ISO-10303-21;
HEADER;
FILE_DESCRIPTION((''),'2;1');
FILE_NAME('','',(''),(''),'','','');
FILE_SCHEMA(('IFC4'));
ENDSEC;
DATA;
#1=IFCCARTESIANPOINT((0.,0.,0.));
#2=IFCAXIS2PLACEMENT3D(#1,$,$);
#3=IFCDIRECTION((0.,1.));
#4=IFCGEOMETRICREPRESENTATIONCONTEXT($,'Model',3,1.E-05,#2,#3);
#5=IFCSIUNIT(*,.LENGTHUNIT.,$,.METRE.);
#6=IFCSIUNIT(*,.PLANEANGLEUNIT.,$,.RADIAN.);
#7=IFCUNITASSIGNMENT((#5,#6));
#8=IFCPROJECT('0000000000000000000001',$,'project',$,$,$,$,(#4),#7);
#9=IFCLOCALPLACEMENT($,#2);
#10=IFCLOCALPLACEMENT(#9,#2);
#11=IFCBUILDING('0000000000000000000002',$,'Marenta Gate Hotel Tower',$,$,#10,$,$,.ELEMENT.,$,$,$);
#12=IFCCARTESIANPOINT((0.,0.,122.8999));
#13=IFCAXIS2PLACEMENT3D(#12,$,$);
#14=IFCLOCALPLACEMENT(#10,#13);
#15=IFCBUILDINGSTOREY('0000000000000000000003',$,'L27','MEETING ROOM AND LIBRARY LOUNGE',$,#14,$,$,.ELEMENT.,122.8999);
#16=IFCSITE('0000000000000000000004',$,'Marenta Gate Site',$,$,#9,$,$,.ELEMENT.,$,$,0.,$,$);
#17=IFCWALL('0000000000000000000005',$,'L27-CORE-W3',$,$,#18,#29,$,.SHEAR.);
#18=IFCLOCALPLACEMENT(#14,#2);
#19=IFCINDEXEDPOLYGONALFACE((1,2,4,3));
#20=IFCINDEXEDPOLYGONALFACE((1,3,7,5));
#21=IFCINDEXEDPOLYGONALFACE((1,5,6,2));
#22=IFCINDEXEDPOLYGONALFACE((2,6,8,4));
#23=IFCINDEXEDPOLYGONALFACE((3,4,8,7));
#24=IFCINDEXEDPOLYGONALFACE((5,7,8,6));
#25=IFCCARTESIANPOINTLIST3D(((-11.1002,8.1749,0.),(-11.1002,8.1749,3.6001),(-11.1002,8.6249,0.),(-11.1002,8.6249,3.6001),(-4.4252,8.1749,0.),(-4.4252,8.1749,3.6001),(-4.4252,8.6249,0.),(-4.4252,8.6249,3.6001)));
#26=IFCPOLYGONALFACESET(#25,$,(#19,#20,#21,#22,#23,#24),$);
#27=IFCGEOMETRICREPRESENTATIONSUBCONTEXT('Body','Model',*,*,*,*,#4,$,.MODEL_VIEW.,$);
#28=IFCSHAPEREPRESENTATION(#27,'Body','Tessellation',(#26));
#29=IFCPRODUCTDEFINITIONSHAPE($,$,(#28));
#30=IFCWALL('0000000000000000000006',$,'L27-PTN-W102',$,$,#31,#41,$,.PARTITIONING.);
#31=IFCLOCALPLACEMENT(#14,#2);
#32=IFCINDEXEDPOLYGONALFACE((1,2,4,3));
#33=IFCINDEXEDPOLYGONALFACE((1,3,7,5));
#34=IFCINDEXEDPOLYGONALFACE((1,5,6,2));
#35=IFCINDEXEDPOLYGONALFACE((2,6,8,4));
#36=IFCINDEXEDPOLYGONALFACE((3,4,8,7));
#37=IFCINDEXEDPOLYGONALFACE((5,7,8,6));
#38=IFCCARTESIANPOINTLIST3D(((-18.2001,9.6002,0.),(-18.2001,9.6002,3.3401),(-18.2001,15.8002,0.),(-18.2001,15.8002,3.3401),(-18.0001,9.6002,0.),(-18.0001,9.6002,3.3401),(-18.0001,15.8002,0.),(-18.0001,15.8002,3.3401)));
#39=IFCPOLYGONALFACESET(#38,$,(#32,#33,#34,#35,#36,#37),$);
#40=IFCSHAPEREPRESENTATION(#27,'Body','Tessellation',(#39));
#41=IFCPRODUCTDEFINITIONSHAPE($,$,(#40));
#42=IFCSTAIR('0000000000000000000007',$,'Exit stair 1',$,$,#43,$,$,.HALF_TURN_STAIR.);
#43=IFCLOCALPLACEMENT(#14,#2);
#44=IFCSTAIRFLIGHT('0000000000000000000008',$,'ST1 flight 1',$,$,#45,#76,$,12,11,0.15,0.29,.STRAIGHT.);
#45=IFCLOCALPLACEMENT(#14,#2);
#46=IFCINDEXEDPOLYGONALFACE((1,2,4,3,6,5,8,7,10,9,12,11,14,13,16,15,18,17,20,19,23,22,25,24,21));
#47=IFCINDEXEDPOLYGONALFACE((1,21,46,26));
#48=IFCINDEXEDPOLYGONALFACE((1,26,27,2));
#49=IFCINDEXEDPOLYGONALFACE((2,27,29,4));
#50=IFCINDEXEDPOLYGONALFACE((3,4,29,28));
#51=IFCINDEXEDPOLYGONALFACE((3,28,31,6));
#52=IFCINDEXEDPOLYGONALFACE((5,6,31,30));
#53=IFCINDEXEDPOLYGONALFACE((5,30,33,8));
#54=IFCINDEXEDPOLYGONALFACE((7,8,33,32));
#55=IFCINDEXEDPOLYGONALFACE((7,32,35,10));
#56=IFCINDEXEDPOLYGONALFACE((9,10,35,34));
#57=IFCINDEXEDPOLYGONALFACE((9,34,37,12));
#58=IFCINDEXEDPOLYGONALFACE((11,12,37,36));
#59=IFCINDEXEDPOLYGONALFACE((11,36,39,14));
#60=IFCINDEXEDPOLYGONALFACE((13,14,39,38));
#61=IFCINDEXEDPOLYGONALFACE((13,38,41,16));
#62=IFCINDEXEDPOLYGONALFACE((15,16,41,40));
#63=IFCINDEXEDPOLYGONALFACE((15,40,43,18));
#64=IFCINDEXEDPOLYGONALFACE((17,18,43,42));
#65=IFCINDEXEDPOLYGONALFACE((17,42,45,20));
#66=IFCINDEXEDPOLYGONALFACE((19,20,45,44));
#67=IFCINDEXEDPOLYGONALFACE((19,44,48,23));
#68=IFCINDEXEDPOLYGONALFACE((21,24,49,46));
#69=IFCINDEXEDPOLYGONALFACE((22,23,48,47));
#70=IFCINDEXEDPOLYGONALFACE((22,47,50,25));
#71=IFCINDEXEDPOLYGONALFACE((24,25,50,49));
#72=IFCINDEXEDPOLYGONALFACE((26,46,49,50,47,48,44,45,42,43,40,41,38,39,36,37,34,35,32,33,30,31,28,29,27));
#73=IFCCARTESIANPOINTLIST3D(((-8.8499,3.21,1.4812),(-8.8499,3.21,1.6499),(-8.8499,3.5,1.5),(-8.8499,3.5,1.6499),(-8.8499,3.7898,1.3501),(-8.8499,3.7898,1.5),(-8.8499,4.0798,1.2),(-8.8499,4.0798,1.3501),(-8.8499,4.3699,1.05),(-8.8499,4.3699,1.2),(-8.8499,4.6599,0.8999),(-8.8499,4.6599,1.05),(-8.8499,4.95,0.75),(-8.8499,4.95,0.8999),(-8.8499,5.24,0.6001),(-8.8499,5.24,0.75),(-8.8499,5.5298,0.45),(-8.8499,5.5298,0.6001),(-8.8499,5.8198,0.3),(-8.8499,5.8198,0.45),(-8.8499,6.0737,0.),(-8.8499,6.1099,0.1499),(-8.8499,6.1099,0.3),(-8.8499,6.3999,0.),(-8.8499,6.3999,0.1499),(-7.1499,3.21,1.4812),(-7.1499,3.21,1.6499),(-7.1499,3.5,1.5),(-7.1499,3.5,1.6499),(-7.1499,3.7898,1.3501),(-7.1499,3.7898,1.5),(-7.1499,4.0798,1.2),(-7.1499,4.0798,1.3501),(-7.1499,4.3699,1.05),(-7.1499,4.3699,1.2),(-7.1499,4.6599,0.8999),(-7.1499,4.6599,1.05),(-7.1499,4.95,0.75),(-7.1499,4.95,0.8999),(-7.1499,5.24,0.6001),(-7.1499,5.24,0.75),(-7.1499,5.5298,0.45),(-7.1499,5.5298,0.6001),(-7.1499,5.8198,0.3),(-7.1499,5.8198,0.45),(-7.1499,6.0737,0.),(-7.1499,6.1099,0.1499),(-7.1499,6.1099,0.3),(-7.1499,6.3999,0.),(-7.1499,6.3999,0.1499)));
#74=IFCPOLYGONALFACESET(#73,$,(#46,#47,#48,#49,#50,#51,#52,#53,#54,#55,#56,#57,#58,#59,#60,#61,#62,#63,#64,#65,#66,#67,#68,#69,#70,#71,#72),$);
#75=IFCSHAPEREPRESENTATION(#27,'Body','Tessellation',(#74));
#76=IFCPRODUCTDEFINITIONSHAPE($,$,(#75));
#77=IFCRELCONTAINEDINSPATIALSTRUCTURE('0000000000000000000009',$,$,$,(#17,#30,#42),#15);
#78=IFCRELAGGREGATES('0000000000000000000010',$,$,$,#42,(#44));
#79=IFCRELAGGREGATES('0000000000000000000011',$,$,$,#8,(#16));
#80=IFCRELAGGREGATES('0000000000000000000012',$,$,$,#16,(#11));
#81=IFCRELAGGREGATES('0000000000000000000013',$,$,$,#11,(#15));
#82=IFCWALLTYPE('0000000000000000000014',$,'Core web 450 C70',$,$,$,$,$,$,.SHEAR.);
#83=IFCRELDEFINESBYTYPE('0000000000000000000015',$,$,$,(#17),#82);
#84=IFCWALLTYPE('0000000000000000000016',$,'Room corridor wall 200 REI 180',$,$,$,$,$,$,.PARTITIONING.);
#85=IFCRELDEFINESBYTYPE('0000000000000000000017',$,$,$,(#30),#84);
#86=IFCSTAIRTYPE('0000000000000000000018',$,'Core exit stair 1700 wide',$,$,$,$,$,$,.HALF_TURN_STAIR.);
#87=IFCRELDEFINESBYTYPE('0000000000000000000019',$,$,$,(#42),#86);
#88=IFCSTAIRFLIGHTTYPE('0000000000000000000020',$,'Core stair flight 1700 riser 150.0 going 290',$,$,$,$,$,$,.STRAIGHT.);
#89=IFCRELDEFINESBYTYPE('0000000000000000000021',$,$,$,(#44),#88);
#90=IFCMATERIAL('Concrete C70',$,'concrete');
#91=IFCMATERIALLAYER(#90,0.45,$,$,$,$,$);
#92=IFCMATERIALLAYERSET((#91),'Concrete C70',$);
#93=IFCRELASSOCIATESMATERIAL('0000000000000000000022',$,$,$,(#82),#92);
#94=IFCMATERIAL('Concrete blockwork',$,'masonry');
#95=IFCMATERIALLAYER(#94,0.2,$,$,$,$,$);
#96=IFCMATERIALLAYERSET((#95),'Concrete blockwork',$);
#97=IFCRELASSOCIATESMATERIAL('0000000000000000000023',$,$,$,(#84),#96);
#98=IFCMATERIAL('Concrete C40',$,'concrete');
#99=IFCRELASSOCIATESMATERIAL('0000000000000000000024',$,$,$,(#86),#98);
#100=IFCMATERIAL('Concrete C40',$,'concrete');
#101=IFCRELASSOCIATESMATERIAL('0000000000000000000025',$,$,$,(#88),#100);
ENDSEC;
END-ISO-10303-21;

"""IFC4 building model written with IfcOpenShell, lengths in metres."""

from ifc_helpers import new_model, si_unit, direction, frame, frame_2d, origin, place, context, subcontext, project, spatial, polyline, rectangle, outline, extrude, material, layer, layer_set, type_object, element, aggregate, save


model = new_model("IFC4")

# Units and contexts
model_context = context("Model", 3, precision=1e-05, world=origin(), true_north=direction((0.0, 1.0)))
body_context = subcontext(model_context, "Body", "Model", "MODEL_VIEW")
ifc_project = project(units=[si_unit("LENGTHUNIT", "METRE"), si_unit("PLANEANGLEUNIT", "RADIAN")], contexts=[model_context])

# Site, building, storey
site_placement = place(None, origin())
site = spatial("IfcSite", under=ifc_project, at=site_placement, Name="Marenta Gate Site", CompositionType="ELEMENT", RefElevation=0.0)
building_placement = place(site_placement, origin())
building = spatial("IfcBuilding", under=site, at=building_placement, Name="Marenta Gate Hotel Tower", CompositionType="ELEMENT")
storey_placement = place(building_placement, frame((0.0, 0.0, 122.8999)))
storey = spatial("IfcBuildingStorey", under=building, at=storey_placement, Name="L27", Description="MEETING ROOM AND LIBRARY LOUNGE", CompositionType="ELEMENT", Elevation=122.8999)

# Walls
ifc_material_1 = material(Name="Concrete C70", Category="concrete")
ifc_layer_1 = layer(ifc_material_1, 0.45)
ifc_layer_set_1 = layer_set([ifc_layer_1], Name="Concrete C70")
wall_type_1 = type_object("IfcWallType", Name="Core web 450 C70", PredefinedType="SHEAR", material=ifc_layer_set_1)
wall_1_placement = place(storey_placement, frame((-11.1001, 8.3999, 0.0), z_axis=(0.0, 0.0, 1.0), x_axis=(1.0, 0.0, 0.0)))
element("IfcWall", 1, at=wall_1_placement, inside=storey, type_object=wall_type_1, Name="L27-CORE-W3", PredefinedType="SHEAR", context=body_context, shape_type="SweptSolid", body=[
    extrude(rectangle(XDim=6.675, YDim=0.45, at=frame_2d((3.3374, 0.0))), origin(), (0.0, 0.0, 1.0), 3.6001),
])
ifc_material_2 = material(Name="Concrete blockwork", Category="masonry")
ifc_layer_2 = layer(ifc_material_2, 0.2)
ifc_layer_set_2 = layer_set([ifc_layer_2], Name="Concrete blockwork")
wall_type_2 = type_object("IfcWallType", Name="Room corridor wall 200 REI 180", PredefinedType="PARTITIONING", material=ifc_layer_set_2)
wall_2_placement = place(storey_placement, frame((-18.1001, 9.6001, 0.0), z_axis=(0.0, 0.0, 1.0), x_axis=(0.0, 1.0, 0.0)))
element("IfcWall", 2, at=wall_2_placement, inside=storey, type_object=wall_type_2, Name="L27-PTN-W102", PredefinedType="PARTITIONING", context=body_context, shape_type="SweptSolid", body=[
    extrude(rectangle(XDim=6.2, YDim=0.2, at=frame_2d((3.1001, 0.0))), origin(), (0.0, 0.0, 1.0), 3.3401),
])

# Stair, stair flight
ifc_material_3 = material(Name="Concrete C40", Category="concrete")
stair_type = type_object("IfcStairType", Name="Core exit stair 1700 wide", PredefinedType="HALF_TURN_STAIR", material=ifc_material_3)
stair_placement = place(storey_placement, origin())
stair = element("IfcStair", 3, at=stair_placement, inside=storey, type_object=stair_type, Name="Exit stair 1", PredefinedType="HALF_TURN_STAIR")
ifc_material_4 = material(Name="Concrete C40", Category="concrete")
stair_flight_type = type_object("IfcStairFlightType", Name="Core stair flight 1700 riser 150.0 going 290", PredefinedType="STRAIGHT", material=ifc_material_4)
stair_flight_placement = place(storey_placement, frame((-8.0, 6.3999, 0.0), z_axis=(0.0, 0.0, 1.0), x_axis=(0.0, -1.0, 0.0)))
stair_flight = element("IfcStairFlight", 4, at=stair_flight_placement, type_object=stair_flight_type, Name="ST1 flight 1", NumberOfRisers=12, NumberOfTreads=11, PredefinedType="STRAIGHT", RiserHeight=0.15, TreadLength=0.29, context=body_context, shape_type="SweptSolid", body=[
    extrude(outline(polyline([(0.0, 0.0), (0.0, 0.1499), (0.29, 0.1499), (0.29, 0.3), (0.5801, 0.3), (0.5801, 0.45), (0.8701, 0.45), (0.8701, 0.6001), (1.1599, 0.6001), (1.1599, 0.75), (1.45, 0.75), (1.45, 0.8999), (1.74, 0.8999), (1.74, 1.05), (2.03, 1.05), (2.03, 1.2), (2.3201, 1.2), (2.3201, 1.3501), (2.6101, 1.3501), (2.6101, 1.5), (2.8999, 1.5), (2.8999, 1.6499), (3.1899, 1.6499), (3.1899, 1.8), (3.1899, 1.4812), (0.3262, 0.0), (0.0, 0.0)])), frame((0.0, 0.8501, 0.0), z_axis=(0.0, -1.0, 0.0), x_axis=(1.0, 0.0, 0.0)), (0.0, 0.0, 1.0), 1.7),
])
aggregate(stair, [stair_flight])

save(model, "model.ifc")
